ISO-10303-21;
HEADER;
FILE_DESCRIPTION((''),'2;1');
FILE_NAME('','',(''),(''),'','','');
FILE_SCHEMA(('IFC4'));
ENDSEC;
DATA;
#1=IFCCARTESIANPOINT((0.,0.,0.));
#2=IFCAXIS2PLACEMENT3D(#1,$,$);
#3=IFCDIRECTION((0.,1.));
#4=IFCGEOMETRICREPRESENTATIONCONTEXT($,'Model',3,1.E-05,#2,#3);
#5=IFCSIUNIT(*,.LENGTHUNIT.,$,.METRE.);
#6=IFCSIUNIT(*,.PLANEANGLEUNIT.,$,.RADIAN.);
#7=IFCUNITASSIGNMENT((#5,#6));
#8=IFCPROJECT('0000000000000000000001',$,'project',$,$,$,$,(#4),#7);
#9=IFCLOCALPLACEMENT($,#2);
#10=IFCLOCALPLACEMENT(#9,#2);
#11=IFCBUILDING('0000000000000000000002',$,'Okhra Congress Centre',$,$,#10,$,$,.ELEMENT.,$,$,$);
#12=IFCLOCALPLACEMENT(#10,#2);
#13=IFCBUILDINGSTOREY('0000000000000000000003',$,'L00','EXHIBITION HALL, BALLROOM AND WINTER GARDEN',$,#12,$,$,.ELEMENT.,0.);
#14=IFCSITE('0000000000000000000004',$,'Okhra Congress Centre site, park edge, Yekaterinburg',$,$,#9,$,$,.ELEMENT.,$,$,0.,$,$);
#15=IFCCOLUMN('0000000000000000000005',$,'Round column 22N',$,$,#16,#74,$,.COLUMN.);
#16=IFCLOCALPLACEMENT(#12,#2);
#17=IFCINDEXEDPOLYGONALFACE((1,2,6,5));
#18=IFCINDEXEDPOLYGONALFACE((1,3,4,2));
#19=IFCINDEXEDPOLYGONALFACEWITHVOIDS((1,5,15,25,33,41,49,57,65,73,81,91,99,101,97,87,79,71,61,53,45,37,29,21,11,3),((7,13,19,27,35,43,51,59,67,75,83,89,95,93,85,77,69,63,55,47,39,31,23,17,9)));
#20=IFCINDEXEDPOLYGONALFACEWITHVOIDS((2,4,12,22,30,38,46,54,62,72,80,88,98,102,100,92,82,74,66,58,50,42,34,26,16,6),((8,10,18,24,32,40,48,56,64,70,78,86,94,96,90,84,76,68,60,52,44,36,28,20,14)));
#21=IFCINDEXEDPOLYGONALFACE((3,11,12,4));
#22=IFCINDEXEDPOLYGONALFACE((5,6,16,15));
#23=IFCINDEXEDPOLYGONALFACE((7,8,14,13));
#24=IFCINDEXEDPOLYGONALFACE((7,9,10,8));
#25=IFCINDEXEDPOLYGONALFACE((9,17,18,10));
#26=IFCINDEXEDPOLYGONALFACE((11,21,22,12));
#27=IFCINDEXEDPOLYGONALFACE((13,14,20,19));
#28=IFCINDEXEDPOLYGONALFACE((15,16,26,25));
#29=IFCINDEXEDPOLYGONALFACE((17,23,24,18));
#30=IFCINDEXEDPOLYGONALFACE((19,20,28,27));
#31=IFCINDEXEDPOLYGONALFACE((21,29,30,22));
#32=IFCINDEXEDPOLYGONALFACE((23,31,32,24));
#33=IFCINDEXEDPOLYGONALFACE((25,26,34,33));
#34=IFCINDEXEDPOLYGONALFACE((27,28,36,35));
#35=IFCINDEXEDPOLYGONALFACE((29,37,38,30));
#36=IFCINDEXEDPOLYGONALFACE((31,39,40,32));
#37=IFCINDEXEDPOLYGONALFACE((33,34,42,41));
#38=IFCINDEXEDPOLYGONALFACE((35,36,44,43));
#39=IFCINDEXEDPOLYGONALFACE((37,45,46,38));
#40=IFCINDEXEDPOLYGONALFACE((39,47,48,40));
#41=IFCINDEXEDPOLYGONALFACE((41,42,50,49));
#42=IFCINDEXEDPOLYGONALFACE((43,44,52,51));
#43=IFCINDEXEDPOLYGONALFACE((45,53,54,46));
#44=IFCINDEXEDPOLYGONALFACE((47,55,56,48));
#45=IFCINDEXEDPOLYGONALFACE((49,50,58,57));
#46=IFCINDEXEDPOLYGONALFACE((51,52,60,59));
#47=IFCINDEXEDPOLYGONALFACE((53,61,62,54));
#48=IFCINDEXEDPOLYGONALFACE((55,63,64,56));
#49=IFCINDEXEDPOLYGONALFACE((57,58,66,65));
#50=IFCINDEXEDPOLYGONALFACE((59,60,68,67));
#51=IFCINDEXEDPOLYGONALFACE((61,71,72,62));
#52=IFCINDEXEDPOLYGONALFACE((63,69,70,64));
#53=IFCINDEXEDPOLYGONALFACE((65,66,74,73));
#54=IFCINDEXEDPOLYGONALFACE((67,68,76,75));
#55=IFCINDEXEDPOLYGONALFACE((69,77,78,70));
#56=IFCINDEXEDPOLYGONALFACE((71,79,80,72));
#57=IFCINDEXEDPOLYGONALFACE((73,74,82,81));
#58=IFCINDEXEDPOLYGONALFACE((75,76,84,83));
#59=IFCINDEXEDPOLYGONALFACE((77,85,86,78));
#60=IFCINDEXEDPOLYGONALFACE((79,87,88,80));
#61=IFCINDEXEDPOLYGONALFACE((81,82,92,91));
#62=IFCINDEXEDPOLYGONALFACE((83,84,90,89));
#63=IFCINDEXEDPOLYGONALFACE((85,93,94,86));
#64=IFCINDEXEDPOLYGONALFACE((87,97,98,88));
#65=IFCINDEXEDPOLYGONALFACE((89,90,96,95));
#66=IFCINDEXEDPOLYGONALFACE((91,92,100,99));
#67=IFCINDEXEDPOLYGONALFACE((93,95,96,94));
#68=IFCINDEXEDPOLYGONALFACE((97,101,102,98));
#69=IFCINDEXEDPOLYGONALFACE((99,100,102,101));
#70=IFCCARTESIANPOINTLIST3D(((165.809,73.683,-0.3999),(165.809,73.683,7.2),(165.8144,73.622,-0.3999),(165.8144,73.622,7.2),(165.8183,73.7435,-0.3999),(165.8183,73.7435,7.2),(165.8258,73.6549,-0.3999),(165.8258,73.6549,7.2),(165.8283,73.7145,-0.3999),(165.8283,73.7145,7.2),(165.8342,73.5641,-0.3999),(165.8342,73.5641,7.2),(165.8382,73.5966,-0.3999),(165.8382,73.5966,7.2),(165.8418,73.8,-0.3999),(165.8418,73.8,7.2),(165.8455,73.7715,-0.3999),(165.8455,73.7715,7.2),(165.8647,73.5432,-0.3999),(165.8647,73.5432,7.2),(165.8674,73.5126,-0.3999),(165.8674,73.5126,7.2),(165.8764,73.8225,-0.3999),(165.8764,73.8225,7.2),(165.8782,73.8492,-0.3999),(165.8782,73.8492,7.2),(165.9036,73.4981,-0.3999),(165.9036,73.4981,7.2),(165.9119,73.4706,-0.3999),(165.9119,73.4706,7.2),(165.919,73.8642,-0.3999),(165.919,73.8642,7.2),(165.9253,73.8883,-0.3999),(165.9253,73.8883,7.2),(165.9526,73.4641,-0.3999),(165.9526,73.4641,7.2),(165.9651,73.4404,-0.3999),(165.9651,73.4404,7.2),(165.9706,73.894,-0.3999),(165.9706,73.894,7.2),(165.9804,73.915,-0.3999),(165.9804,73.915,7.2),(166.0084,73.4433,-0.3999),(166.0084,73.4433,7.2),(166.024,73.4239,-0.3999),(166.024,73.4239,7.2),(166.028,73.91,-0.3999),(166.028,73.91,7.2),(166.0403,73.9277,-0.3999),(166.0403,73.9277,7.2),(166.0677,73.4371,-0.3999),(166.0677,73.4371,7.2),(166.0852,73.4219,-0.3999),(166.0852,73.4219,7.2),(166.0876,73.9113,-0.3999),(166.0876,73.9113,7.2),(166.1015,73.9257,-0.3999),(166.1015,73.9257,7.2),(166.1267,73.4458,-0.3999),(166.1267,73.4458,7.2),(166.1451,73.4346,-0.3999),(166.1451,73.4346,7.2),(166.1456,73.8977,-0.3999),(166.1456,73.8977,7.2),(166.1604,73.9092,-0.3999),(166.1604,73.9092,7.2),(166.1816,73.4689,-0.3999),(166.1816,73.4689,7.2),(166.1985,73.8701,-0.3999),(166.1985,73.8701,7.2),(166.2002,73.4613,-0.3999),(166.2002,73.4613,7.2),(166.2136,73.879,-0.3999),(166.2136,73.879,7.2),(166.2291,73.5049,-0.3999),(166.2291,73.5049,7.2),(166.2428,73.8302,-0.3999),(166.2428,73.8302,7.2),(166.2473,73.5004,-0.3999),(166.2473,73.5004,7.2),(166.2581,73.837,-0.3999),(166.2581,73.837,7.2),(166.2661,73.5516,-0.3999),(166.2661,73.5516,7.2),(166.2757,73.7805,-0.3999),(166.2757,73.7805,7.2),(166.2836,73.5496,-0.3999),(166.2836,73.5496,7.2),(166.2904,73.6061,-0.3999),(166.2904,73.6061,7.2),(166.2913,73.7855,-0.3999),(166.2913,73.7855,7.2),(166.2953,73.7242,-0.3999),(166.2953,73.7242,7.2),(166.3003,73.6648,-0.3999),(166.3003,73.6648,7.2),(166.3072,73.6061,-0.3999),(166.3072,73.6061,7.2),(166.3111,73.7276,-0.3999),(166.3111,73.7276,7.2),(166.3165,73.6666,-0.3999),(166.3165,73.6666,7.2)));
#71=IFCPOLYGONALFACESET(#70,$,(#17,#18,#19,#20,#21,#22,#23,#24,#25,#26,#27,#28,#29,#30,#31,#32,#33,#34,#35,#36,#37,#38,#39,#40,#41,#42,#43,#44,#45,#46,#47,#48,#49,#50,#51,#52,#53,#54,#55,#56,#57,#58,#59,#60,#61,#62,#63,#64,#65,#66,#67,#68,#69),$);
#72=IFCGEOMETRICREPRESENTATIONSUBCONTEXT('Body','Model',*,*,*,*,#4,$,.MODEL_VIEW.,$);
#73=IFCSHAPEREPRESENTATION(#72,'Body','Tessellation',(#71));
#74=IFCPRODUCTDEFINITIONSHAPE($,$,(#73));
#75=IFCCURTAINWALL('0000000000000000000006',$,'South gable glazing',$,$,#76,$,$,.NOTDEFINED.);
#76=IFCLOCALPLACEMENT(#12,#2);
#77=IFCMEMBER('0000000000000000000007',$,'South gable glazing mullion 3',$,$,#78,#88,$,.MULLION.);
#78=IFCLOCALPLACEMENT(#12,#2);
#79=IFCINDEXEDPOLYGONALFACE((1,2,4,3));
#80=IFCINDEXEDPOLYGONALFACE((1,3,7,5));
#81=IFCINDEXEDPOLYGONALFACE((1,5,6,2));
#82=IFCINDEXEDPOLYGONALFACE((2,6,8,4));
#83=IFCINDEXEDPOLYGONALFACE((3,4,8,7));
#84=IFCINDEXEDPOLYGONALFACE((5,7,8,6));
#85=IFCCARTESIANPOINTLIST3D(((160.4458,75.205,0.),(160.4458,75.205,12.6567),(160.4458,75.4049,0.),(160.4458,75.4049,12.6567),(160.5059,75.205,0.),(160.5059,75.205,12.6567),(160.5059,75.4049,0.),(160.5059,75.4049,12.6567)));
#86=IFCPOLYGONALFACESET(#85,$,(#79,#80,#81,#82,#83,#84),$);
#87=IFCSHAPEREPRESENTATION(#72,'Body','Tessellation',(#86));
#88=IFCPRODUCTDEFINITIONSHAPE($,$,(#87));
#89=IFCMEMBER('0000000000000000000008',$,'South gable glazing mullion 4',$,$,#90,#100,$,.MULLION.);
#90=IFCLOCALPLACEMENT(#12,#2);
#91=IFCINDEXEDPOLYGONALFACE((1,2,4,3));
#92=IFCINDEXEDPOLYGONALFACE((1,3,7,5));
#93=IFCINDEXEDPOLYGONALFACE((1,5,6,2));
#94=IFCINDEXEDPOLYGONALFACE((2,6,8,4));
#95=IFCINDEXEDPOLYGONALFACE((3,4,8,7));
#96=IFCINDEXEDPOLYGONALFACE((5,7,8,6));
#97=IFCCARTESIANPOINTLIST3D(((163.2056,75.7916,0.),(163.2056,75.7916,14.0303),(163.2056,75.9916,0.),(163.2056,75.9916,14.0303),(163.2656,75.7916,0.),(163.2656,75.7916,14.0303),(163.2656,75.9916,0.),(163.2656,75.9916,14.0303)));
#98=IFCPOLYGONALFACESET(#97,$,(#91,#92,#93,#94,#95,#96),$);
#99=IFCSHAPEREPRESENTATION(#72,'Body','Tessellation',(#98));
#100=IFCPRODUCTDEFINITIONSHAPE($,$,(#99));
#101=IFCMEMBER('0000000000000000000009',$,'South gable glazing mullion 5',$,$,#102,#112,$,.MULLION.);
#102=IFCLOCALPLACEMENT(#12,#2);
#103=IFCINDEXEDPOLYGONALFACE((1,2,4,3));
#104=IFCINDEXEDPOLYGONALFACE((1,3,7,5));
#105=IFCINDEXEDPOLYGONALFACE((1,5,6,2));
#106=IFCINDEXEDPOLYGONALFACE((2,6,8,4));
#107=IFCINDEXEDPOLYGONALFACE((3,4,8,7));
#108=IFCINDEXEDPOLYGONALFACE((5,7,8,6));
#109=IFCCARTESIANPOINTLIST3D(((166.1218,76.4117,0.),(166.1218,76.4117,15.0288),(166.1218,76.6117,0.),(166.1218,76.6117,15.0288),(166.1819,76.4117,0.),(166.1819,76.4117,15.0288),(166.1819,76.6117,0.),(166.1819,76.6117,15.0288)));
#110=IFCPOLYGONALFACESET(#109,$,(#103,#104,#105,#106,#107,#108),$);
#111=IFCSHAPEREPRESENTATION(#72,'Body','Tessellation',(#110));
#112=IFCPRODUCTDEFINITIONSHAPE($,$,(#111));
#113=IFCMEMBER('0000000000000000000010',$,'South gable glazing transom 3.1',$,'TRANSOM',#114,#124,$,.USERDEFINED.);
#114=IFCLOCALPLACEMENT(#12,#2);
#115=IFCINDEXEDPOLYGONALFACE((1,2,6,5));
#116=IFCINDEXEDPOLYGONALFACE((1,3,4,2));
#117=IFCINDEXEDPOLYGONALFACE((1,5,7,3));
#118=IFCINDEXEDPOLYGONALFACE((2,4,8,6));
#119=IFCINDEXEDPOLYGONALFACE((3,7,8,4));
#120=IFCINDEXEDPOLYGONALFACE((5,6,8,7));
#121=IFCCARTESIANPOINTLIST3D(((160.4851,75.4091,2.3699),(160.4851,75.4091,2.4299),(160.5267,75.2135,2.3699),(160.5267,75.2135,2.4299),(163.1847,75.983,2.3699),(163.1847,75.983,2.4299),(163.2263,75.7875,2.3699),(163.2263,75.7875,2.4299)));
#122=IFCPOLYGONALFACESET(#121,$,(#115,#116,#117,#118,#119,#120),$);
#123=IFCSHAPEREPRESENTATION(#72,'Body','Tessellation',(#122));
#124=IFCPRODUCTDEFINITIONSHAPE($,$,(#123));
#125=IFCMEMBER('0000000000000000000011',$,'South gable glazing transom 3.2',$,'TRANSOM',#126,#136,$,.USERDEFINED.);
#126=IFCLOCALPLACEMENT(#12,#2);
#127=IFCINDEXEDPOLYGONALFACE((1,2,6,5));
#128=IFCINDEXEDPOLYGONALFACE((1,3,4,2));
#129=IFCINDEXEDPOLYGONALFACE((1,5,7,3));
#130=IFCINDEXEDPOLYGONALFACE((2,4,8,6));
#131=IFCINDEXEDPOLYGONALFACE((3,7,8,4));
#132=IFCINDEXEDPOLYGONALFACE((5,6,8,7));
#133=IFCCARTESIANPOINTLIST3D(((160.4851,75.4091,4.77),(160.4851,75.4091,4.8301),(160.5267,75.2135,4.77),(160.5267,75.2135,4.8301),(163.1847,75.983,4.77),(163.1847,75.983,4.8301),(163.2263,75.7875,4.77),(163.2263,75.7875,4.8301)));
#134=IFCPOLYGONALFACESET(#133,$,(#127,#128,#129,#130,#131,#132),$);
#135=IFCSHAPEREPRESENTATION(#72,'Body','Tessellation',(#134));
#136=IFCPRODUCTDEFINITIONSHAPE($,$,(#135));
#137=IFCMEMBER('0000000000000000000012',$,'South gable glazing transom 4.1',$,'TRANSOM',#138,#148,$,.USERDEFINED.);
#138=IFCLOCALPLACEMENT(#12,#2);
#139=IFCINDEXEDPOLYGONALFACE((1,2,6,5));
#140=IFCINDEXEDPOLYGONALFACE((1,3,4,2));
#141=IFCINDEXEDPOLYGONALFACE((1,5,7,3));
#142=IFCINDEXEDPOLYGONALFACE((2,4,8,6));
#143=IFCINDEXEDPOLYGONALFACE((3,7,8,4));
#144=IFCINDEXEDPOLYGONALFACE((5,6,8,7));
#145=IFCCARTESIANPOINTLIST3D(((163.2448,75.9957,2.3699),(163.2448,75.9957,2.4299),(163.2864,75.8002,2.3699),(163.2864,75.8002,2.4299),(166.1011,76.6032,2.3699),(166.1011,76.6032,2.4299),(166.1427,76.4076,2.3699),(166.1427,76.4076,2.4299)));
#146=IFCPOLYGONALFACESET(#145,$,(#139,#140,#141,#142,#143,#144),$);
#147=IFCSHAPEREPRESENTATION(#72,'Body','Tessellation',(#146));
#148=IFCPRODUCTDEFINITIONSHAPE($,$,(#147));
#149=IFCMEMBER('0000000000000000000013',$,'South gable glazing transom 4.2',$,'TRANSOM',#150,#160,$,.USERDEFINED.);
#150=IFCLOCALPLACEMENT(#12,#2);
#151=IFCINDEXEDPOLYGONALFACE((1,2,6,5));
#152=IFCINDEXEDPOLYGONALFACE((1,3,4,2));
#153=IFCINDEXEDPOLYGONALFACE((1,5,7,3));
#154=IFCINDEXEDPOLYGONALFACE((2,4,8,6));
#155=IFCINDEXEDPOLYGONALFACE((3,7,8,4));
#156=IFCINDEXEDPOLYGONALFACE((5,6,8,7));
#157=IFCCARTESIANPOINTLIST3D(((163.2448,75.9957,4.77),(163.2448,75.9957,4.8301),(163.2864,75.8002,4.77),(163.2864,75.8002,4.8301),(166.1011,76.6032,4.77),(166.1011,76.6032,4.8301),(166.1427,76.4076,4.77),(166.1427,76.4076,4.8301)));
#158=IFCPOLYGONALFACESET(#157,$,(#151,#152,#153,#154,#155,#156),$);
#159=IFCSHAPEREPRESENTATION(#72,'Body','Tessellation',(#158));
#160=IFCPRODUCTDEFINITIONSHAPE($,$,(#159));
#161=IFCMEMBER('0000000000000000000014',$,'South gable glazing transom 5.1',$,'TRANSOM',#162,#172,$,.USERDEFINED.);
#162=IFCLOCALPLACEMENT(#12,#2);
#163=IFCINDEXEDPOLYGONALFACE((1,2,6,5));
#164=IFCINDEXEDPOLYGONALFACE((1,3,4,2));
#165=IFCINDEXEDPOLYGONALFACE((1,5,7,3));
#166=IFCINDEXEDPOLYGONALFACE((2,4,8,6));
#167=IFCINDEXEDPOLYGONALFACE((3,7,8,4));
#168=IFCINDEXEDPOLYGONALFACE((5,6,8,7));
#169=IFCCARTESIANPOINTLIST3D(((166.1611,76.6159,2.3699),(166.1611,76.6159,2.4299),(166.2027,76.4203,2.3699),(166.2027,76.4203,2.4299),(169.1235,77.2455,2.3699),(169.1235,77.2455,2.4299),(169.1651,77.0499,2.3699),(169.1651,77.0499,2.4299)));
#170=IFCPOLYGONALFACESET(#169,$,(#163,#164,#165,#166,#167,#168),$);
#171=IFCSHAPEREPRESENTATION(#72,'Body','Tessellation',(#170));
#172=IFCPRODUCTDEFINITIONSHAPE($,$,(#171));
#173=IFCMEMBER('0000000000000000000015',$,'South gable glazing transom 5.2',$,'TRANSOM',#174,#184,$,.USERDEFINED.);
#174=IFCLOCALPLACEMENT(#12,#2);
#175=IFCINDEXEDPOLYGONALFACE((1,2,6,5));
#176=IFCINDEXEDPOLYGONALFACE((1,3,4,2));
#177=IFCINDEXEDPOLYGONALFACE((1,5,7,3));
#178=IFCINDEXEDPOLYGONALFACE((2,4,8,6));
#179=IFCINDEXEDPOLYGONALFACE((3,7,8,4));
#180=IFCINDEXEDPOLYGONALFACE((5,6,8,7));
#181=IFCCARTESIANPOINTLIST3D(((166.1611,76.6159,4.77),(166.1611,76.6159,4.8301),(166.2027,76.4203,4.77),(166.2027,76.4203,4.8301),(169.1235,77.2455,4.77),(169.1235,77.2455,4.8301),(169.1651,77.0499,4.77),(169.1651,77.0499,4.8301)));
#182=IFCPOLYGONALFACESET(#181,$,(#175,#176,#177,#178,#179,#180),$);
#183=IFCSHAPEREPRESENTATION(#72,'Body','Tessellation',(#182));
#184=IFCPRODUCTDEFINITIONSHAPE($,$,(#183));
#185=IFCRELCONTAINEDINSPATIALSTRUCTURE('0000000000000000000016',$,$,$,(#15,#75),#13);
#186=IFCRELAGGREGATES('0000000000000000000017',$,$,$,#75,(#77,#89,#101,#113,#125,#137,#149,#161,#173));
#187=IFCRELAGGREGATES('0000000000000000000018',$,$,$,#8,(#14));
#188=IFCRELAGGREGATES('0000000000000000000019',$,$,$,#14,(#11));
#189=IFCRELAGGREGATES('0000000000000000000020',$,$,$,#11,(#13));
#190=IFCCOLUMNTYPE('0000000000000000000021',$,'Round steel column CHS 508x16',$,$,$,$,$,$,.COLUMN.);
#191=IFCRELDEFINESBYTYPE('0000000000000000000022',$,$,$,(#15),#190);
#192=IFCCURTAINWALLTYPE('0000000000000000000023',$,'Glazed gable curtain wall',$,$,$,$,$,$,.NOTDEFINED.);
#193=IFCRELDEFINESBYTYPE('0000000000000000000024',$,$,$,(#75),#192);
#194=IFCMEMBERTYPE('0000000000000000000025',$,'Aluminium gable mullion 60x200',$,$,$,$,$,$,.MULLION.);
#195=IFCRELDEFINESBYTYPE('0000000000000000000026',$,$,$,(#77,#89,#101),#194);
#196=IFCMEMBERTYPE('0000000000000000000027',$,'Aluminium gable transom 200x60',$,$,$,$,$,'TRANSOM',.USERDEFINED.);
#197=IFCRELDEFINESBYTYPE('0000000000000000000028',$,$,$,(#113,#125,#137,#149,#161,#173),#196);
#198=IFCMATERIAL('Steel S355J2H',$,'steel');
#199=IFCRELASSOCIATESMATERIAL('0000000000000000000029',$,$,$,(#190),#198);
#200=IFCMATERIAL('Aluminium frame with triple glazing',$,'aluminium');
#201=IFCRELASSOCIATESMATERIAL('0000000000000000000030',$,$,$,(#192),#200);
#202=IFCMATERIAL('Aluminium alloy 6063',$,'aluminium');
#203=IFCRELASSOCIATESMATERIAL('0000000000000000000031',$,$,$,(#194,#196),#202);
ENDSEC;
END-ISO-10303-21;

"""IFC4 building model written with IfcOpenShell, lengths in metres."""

from ifc_helpers import new_model, si_unit, direction, frame, origin, origin_2d, place, context, subcontext, project, spatial, rectangle, hollow_circle, extrude, material, material_profile, profile_set, type_object, element, aggregate, save


model = new_model("IFC4")

# Units and contexts
model_context = context("Model", 3, precision=1e-05, world=origin(), true_north=direction((0.0, 1.0)))
body_context = subcontext(model_context, "Body", "Model", "MODEL_VIEW")
ifc_project = project(units=[si_unit("LENGTHUNIT", "METRE"), si_unit("PLANEANGLEUNIT", "RADIAN")], contexts=[model_context])

# Site, building, storey
site_placement = place(None, origin())
site = spatial("IfcSite", under=ifc_project, at=site_placement, Name="Okhra Congress Centre site, park edge, Yekaterinburg", CompositionType="ELEMENT", RefElevation=0.0)
building_placement = place(site_placement, origin())
building = spatial("IfcBuilding", under=site, at=building_placement, Name="Okhra Congress Centre", CompositionType="ELEMENT")
storey_placement = place(building_placement, origin())
storey = spatial("IfcBuildingStorey", under=building, at=storey_placement, Name="L00", Description="EXHIBITION HALL, BALLROOM AND WINTER GARDEN", CompositionType="ELEMENT", Elevation=0.0)

# Column
ifc_material_1 = material(Name="Steel S355J2H", Category="steel")
ifc_material_profile_1 = material_profile(ifc_material_1, hollow_circle(Radius=0.2539, WallThickness=0.0161, at=origin_2d()), Name="CHS 508x16")
ifc_profile_set_1 = profile_set([ifc_material_profile_1], Name="Steel S355J2H")
column_type = type_object("IfcColumnType", Name="Round steel column CHS 508x16", PredefinedType="COLUMN", material=ifc_profile_set_1)
for number, where, z_axis, x_axis, name in (
    (1, (166.0627, 73.6748, -0.3999), (0.0, 0.0, 1.0), (0.978148, 0.207912, 0.0), "Round column 22N"),
):
    element("IfcColumn", number, at=place(storey_placement, frame(where, z_axis=z_axis, x_axis=x_axis)), inside=storey, type_object=column_type, Name=name, PredefinedType="COLUMN", context=body_context, shape_type="SweptSolid", body=[
        extrude(hollow_circle(Radius=0.2539, WallThickness=0.0161, at=origin_2d()), origin(), (0.0, 0.0, 1.0), 7.5999),
    ])

# Curtain wall, members
ifc_material_2 = material(Name="Aluminium frame with triple glazing", Category="aluminium")
curtain_wall_type = type_object("IfcCurtainWallType", Name="Glazed gable curtain wall", PredefinedType="NOTDEFINED", material=ifc_material_2)
curtain_wall_placement = place(storey_placement, origin())
curtain_wall = element("IfcCurtainWall", 2, at=curtain_wall_placement, inside=storey, type_object=curtain_wall_type, Name="South gable glazing", PredefinedType="NOTDEFINED")
ifc_material_3 = material(Name="Aluminium alloy 6063", Category="aluminium")
ifc_material_profile_2 = material_profile(ifc_material_3, rectangle(XDim=0.0601, YDim=0.2, at=origin_2d()), Name="AL 60x200 gable")
ifc_profile_set_2 = profile_set([ifc_material_profile_2], Name="Aluminium alloy 6063")
member_type_1 = type_object("IfcMemberType", Name="Aluminium gable mullion 60x200", PredefinedType="MULLION", material=ifc_profile_set_2)
member_1_placement = place(storey_placement, frame((160.4758, 75.3049, 0.0), z_axis=(0.0, 0.0, 1.0), x_axis=(1.0, 0.0, 0.0)))
member_1 = element("IfcMember", 3, at=member_1_placement, type_object=member_type_1, Name="South gable glazing mullion 3", PredefinedType="MULLION", context=body_context, shape_type="SweptSolid", body=[
    extrude(rectangle(XDim=0.0601, YDim=0.2, at=origin_2d()), origin(), (0.0, 0.0, 1.0), 12.6567),
])
member_2_placement = place(storey_placement, frame((163.2356, 75.8916, 0.0), z_axis=(0.0, 0.0, 1.0), x_axis=(1.0, 0.0, 0.0)))
member_2 = element("IfcMember", 4, at=member_2_placement, type_object=member_type_1, Name="South gable glazing mullion 4", PredefinedType="MULLION", context=body_context, shape_type="SweptSolid", body=[
    extrude(rectangle(XDim=0.0601, YDim=0.2, at=origin_2d()), origin(), (0.0, 0.0, 1.0), 14.0303),
])
member_3_placement = place(storey_placement, frame((166.1519, 76.5117, 0.0), z_axis=(0.0, 0.0, 1.0), x_axis=(1.0, 0.0, 0.0)))
member_3 = element("IfcMember", 5, at=member_3_placement, type_object=member_type_1, Name="South gable glazing mullion 5", PredefinedType="MULLION", context=body_context, shape_type="SweptSolid", body=[
    extrude(rectangle(XDim=0.0601, YDim=0.2, at=origin_2d()), origin(), (0.0, 0.0, 1.0), 15.0288),
])
ifc_material_profile_3 = material_profile(ifc_material_3, rectangle(XDim=0.2, YDim=0.0601, at=origin_2d()), Name="AL 200x60 gable transom")
ifc_profile_set_3 = profile_set([ifc_material_profile_3], Name="Aluminium alloy 6063")
member_type_2 = type_object("IfcMemberType", Name="Aluminium gable transom 200x60", ElementType="TRANSOM", PredefinedType="USERDEFINED", material=ifc_profile_set_3)
member_4_placement = place(storey_placement, frame((160.5059, 75.3113, 2.3999), z_axis=(0.978138, 0.207958, 0.0), x_axis=(-0.207958, 0.978138, 0.0)))
member_4 = element("IfcMember", 6, at=member_4_placement, type_object=member_type_2, Name="South gable glazing transom 3.1", ObjectType="TRANSOM", PredefinedType="USERDEFINED", context=body_context, shape_type="SweptSolid", body=[
    extrude(rectangle(XDim=0.2, YDim=0.0601, at=origin_2d()), origin(), (0.0, 0.0, 1.0), 2.76),
])
member_5_placement = place(storey_placement, frame((160.5059, 75.3113, 4.8), z_axis=(0.978138, 0.207958, 0.0), x_axis=(-0.207958, 0.978138, 0.0)))
member_5 = element("IfcMember", 7, at=member_5_placement, type_object=member_type_2, Name="South gable glazing transom 3.2", ObjectType="TRANSOM", PredefinedType="USERDEFINED", context=body_context, shape_type="SweptSolid", body=[
    extrude(rectangle(XDim=0.2, YDim=0.0601, at=origin_2d()), origin(), (0.0, 0.0, 1.0), 2.76),
])
member_6_placement = place(storey_placement, frame((163.2656, 75.8979, 2.3999), z_axis=(0.978125, 0.208016, 0.0), x_axis=(-0.208016, 0.978125, 0.0)))
member_6 = element("IfcMember", 8, at=member_6_placement, type_object=member_type_2, Name="South gable glazing transom 4.1", ObjectType="TRANSOM", PredefinedType="USERDEFINED", context=body_context, shape_type="SweptSolid", body=[
    extrude(rectangle(XDim=0.2, YDim=0.0601, at=origin_2d()), origin(), (0.0, 0.0, 1.0), 2.9202),
])
member_7_placement = place(storey_placement, frame((163.2656, 75.8979, 4.8), z_axis=(0.978125, 0.208016, 0.0), x_axis=(-0.208016, 0.978125, 0.0)))
member_7 = element("IfcMember", 9, at=member_7_placement, type_object=member_type_2, Name="South gable glazing transom 4.2", ObjectType="TRANSOM", PredefinedType="USERDEFINED", context=body_context, shape_type="SweptSolid", body=[
    extrude(rectangle(XDim=0.2, YDim=0.0601, at=origin_2d()), origin(), (0.0, 0.0, 1.0), 2.9202),
])
member_8_placement = place(storey_placement, frame((166.1819, 76.5181, 2.3999), z_axis=(0.97815, 0.207899, 0.0), x_axis=(-0.207899, 0.97815, 0.0)))
member_8 = element("IfcMember", 10, at=member_8_placement, type_object=member_type_2, Name="South gable glazing transom 5.1", ObjectType="TRANSOM", PredefinedType="USERDEFINED", context=body_context, shape_type="SweptSolid", body=[
    extrude(rectangle(XDim=0.2, YDim=0.0601, at=origin_2d()), origin(), (0.0, 0.0, 1.0), 3.0286),
])
member_9_placement = place(storey_placement, frame((166.1819, 76.5181, 4.8), z_axis=(0.97815, 0.207899, 0.0), x_axis=(-0.207899, 0.97815, 0.0)))
member_9 = element("IfcMember", 11, at=member_9_placement, type_object=member_type_2, Name="South gable glazing transom 5.2", ObjectType="TRANSOM", PredefinedType="USERDEFINED", context=body_context, shape_type="SweptSolid", body=[
    extrude(rectangle(XDim=0.2, YDim=0.0601, at=origin_2d()), origin(), (0.0, 0.0, 1.0), 3.0286),
])
aggregate(curtain_wall, [member_1, member_2, member_3, member_4, member_5, member_6, member_7, member_8, member_9])

save(model, "model.ifc")
